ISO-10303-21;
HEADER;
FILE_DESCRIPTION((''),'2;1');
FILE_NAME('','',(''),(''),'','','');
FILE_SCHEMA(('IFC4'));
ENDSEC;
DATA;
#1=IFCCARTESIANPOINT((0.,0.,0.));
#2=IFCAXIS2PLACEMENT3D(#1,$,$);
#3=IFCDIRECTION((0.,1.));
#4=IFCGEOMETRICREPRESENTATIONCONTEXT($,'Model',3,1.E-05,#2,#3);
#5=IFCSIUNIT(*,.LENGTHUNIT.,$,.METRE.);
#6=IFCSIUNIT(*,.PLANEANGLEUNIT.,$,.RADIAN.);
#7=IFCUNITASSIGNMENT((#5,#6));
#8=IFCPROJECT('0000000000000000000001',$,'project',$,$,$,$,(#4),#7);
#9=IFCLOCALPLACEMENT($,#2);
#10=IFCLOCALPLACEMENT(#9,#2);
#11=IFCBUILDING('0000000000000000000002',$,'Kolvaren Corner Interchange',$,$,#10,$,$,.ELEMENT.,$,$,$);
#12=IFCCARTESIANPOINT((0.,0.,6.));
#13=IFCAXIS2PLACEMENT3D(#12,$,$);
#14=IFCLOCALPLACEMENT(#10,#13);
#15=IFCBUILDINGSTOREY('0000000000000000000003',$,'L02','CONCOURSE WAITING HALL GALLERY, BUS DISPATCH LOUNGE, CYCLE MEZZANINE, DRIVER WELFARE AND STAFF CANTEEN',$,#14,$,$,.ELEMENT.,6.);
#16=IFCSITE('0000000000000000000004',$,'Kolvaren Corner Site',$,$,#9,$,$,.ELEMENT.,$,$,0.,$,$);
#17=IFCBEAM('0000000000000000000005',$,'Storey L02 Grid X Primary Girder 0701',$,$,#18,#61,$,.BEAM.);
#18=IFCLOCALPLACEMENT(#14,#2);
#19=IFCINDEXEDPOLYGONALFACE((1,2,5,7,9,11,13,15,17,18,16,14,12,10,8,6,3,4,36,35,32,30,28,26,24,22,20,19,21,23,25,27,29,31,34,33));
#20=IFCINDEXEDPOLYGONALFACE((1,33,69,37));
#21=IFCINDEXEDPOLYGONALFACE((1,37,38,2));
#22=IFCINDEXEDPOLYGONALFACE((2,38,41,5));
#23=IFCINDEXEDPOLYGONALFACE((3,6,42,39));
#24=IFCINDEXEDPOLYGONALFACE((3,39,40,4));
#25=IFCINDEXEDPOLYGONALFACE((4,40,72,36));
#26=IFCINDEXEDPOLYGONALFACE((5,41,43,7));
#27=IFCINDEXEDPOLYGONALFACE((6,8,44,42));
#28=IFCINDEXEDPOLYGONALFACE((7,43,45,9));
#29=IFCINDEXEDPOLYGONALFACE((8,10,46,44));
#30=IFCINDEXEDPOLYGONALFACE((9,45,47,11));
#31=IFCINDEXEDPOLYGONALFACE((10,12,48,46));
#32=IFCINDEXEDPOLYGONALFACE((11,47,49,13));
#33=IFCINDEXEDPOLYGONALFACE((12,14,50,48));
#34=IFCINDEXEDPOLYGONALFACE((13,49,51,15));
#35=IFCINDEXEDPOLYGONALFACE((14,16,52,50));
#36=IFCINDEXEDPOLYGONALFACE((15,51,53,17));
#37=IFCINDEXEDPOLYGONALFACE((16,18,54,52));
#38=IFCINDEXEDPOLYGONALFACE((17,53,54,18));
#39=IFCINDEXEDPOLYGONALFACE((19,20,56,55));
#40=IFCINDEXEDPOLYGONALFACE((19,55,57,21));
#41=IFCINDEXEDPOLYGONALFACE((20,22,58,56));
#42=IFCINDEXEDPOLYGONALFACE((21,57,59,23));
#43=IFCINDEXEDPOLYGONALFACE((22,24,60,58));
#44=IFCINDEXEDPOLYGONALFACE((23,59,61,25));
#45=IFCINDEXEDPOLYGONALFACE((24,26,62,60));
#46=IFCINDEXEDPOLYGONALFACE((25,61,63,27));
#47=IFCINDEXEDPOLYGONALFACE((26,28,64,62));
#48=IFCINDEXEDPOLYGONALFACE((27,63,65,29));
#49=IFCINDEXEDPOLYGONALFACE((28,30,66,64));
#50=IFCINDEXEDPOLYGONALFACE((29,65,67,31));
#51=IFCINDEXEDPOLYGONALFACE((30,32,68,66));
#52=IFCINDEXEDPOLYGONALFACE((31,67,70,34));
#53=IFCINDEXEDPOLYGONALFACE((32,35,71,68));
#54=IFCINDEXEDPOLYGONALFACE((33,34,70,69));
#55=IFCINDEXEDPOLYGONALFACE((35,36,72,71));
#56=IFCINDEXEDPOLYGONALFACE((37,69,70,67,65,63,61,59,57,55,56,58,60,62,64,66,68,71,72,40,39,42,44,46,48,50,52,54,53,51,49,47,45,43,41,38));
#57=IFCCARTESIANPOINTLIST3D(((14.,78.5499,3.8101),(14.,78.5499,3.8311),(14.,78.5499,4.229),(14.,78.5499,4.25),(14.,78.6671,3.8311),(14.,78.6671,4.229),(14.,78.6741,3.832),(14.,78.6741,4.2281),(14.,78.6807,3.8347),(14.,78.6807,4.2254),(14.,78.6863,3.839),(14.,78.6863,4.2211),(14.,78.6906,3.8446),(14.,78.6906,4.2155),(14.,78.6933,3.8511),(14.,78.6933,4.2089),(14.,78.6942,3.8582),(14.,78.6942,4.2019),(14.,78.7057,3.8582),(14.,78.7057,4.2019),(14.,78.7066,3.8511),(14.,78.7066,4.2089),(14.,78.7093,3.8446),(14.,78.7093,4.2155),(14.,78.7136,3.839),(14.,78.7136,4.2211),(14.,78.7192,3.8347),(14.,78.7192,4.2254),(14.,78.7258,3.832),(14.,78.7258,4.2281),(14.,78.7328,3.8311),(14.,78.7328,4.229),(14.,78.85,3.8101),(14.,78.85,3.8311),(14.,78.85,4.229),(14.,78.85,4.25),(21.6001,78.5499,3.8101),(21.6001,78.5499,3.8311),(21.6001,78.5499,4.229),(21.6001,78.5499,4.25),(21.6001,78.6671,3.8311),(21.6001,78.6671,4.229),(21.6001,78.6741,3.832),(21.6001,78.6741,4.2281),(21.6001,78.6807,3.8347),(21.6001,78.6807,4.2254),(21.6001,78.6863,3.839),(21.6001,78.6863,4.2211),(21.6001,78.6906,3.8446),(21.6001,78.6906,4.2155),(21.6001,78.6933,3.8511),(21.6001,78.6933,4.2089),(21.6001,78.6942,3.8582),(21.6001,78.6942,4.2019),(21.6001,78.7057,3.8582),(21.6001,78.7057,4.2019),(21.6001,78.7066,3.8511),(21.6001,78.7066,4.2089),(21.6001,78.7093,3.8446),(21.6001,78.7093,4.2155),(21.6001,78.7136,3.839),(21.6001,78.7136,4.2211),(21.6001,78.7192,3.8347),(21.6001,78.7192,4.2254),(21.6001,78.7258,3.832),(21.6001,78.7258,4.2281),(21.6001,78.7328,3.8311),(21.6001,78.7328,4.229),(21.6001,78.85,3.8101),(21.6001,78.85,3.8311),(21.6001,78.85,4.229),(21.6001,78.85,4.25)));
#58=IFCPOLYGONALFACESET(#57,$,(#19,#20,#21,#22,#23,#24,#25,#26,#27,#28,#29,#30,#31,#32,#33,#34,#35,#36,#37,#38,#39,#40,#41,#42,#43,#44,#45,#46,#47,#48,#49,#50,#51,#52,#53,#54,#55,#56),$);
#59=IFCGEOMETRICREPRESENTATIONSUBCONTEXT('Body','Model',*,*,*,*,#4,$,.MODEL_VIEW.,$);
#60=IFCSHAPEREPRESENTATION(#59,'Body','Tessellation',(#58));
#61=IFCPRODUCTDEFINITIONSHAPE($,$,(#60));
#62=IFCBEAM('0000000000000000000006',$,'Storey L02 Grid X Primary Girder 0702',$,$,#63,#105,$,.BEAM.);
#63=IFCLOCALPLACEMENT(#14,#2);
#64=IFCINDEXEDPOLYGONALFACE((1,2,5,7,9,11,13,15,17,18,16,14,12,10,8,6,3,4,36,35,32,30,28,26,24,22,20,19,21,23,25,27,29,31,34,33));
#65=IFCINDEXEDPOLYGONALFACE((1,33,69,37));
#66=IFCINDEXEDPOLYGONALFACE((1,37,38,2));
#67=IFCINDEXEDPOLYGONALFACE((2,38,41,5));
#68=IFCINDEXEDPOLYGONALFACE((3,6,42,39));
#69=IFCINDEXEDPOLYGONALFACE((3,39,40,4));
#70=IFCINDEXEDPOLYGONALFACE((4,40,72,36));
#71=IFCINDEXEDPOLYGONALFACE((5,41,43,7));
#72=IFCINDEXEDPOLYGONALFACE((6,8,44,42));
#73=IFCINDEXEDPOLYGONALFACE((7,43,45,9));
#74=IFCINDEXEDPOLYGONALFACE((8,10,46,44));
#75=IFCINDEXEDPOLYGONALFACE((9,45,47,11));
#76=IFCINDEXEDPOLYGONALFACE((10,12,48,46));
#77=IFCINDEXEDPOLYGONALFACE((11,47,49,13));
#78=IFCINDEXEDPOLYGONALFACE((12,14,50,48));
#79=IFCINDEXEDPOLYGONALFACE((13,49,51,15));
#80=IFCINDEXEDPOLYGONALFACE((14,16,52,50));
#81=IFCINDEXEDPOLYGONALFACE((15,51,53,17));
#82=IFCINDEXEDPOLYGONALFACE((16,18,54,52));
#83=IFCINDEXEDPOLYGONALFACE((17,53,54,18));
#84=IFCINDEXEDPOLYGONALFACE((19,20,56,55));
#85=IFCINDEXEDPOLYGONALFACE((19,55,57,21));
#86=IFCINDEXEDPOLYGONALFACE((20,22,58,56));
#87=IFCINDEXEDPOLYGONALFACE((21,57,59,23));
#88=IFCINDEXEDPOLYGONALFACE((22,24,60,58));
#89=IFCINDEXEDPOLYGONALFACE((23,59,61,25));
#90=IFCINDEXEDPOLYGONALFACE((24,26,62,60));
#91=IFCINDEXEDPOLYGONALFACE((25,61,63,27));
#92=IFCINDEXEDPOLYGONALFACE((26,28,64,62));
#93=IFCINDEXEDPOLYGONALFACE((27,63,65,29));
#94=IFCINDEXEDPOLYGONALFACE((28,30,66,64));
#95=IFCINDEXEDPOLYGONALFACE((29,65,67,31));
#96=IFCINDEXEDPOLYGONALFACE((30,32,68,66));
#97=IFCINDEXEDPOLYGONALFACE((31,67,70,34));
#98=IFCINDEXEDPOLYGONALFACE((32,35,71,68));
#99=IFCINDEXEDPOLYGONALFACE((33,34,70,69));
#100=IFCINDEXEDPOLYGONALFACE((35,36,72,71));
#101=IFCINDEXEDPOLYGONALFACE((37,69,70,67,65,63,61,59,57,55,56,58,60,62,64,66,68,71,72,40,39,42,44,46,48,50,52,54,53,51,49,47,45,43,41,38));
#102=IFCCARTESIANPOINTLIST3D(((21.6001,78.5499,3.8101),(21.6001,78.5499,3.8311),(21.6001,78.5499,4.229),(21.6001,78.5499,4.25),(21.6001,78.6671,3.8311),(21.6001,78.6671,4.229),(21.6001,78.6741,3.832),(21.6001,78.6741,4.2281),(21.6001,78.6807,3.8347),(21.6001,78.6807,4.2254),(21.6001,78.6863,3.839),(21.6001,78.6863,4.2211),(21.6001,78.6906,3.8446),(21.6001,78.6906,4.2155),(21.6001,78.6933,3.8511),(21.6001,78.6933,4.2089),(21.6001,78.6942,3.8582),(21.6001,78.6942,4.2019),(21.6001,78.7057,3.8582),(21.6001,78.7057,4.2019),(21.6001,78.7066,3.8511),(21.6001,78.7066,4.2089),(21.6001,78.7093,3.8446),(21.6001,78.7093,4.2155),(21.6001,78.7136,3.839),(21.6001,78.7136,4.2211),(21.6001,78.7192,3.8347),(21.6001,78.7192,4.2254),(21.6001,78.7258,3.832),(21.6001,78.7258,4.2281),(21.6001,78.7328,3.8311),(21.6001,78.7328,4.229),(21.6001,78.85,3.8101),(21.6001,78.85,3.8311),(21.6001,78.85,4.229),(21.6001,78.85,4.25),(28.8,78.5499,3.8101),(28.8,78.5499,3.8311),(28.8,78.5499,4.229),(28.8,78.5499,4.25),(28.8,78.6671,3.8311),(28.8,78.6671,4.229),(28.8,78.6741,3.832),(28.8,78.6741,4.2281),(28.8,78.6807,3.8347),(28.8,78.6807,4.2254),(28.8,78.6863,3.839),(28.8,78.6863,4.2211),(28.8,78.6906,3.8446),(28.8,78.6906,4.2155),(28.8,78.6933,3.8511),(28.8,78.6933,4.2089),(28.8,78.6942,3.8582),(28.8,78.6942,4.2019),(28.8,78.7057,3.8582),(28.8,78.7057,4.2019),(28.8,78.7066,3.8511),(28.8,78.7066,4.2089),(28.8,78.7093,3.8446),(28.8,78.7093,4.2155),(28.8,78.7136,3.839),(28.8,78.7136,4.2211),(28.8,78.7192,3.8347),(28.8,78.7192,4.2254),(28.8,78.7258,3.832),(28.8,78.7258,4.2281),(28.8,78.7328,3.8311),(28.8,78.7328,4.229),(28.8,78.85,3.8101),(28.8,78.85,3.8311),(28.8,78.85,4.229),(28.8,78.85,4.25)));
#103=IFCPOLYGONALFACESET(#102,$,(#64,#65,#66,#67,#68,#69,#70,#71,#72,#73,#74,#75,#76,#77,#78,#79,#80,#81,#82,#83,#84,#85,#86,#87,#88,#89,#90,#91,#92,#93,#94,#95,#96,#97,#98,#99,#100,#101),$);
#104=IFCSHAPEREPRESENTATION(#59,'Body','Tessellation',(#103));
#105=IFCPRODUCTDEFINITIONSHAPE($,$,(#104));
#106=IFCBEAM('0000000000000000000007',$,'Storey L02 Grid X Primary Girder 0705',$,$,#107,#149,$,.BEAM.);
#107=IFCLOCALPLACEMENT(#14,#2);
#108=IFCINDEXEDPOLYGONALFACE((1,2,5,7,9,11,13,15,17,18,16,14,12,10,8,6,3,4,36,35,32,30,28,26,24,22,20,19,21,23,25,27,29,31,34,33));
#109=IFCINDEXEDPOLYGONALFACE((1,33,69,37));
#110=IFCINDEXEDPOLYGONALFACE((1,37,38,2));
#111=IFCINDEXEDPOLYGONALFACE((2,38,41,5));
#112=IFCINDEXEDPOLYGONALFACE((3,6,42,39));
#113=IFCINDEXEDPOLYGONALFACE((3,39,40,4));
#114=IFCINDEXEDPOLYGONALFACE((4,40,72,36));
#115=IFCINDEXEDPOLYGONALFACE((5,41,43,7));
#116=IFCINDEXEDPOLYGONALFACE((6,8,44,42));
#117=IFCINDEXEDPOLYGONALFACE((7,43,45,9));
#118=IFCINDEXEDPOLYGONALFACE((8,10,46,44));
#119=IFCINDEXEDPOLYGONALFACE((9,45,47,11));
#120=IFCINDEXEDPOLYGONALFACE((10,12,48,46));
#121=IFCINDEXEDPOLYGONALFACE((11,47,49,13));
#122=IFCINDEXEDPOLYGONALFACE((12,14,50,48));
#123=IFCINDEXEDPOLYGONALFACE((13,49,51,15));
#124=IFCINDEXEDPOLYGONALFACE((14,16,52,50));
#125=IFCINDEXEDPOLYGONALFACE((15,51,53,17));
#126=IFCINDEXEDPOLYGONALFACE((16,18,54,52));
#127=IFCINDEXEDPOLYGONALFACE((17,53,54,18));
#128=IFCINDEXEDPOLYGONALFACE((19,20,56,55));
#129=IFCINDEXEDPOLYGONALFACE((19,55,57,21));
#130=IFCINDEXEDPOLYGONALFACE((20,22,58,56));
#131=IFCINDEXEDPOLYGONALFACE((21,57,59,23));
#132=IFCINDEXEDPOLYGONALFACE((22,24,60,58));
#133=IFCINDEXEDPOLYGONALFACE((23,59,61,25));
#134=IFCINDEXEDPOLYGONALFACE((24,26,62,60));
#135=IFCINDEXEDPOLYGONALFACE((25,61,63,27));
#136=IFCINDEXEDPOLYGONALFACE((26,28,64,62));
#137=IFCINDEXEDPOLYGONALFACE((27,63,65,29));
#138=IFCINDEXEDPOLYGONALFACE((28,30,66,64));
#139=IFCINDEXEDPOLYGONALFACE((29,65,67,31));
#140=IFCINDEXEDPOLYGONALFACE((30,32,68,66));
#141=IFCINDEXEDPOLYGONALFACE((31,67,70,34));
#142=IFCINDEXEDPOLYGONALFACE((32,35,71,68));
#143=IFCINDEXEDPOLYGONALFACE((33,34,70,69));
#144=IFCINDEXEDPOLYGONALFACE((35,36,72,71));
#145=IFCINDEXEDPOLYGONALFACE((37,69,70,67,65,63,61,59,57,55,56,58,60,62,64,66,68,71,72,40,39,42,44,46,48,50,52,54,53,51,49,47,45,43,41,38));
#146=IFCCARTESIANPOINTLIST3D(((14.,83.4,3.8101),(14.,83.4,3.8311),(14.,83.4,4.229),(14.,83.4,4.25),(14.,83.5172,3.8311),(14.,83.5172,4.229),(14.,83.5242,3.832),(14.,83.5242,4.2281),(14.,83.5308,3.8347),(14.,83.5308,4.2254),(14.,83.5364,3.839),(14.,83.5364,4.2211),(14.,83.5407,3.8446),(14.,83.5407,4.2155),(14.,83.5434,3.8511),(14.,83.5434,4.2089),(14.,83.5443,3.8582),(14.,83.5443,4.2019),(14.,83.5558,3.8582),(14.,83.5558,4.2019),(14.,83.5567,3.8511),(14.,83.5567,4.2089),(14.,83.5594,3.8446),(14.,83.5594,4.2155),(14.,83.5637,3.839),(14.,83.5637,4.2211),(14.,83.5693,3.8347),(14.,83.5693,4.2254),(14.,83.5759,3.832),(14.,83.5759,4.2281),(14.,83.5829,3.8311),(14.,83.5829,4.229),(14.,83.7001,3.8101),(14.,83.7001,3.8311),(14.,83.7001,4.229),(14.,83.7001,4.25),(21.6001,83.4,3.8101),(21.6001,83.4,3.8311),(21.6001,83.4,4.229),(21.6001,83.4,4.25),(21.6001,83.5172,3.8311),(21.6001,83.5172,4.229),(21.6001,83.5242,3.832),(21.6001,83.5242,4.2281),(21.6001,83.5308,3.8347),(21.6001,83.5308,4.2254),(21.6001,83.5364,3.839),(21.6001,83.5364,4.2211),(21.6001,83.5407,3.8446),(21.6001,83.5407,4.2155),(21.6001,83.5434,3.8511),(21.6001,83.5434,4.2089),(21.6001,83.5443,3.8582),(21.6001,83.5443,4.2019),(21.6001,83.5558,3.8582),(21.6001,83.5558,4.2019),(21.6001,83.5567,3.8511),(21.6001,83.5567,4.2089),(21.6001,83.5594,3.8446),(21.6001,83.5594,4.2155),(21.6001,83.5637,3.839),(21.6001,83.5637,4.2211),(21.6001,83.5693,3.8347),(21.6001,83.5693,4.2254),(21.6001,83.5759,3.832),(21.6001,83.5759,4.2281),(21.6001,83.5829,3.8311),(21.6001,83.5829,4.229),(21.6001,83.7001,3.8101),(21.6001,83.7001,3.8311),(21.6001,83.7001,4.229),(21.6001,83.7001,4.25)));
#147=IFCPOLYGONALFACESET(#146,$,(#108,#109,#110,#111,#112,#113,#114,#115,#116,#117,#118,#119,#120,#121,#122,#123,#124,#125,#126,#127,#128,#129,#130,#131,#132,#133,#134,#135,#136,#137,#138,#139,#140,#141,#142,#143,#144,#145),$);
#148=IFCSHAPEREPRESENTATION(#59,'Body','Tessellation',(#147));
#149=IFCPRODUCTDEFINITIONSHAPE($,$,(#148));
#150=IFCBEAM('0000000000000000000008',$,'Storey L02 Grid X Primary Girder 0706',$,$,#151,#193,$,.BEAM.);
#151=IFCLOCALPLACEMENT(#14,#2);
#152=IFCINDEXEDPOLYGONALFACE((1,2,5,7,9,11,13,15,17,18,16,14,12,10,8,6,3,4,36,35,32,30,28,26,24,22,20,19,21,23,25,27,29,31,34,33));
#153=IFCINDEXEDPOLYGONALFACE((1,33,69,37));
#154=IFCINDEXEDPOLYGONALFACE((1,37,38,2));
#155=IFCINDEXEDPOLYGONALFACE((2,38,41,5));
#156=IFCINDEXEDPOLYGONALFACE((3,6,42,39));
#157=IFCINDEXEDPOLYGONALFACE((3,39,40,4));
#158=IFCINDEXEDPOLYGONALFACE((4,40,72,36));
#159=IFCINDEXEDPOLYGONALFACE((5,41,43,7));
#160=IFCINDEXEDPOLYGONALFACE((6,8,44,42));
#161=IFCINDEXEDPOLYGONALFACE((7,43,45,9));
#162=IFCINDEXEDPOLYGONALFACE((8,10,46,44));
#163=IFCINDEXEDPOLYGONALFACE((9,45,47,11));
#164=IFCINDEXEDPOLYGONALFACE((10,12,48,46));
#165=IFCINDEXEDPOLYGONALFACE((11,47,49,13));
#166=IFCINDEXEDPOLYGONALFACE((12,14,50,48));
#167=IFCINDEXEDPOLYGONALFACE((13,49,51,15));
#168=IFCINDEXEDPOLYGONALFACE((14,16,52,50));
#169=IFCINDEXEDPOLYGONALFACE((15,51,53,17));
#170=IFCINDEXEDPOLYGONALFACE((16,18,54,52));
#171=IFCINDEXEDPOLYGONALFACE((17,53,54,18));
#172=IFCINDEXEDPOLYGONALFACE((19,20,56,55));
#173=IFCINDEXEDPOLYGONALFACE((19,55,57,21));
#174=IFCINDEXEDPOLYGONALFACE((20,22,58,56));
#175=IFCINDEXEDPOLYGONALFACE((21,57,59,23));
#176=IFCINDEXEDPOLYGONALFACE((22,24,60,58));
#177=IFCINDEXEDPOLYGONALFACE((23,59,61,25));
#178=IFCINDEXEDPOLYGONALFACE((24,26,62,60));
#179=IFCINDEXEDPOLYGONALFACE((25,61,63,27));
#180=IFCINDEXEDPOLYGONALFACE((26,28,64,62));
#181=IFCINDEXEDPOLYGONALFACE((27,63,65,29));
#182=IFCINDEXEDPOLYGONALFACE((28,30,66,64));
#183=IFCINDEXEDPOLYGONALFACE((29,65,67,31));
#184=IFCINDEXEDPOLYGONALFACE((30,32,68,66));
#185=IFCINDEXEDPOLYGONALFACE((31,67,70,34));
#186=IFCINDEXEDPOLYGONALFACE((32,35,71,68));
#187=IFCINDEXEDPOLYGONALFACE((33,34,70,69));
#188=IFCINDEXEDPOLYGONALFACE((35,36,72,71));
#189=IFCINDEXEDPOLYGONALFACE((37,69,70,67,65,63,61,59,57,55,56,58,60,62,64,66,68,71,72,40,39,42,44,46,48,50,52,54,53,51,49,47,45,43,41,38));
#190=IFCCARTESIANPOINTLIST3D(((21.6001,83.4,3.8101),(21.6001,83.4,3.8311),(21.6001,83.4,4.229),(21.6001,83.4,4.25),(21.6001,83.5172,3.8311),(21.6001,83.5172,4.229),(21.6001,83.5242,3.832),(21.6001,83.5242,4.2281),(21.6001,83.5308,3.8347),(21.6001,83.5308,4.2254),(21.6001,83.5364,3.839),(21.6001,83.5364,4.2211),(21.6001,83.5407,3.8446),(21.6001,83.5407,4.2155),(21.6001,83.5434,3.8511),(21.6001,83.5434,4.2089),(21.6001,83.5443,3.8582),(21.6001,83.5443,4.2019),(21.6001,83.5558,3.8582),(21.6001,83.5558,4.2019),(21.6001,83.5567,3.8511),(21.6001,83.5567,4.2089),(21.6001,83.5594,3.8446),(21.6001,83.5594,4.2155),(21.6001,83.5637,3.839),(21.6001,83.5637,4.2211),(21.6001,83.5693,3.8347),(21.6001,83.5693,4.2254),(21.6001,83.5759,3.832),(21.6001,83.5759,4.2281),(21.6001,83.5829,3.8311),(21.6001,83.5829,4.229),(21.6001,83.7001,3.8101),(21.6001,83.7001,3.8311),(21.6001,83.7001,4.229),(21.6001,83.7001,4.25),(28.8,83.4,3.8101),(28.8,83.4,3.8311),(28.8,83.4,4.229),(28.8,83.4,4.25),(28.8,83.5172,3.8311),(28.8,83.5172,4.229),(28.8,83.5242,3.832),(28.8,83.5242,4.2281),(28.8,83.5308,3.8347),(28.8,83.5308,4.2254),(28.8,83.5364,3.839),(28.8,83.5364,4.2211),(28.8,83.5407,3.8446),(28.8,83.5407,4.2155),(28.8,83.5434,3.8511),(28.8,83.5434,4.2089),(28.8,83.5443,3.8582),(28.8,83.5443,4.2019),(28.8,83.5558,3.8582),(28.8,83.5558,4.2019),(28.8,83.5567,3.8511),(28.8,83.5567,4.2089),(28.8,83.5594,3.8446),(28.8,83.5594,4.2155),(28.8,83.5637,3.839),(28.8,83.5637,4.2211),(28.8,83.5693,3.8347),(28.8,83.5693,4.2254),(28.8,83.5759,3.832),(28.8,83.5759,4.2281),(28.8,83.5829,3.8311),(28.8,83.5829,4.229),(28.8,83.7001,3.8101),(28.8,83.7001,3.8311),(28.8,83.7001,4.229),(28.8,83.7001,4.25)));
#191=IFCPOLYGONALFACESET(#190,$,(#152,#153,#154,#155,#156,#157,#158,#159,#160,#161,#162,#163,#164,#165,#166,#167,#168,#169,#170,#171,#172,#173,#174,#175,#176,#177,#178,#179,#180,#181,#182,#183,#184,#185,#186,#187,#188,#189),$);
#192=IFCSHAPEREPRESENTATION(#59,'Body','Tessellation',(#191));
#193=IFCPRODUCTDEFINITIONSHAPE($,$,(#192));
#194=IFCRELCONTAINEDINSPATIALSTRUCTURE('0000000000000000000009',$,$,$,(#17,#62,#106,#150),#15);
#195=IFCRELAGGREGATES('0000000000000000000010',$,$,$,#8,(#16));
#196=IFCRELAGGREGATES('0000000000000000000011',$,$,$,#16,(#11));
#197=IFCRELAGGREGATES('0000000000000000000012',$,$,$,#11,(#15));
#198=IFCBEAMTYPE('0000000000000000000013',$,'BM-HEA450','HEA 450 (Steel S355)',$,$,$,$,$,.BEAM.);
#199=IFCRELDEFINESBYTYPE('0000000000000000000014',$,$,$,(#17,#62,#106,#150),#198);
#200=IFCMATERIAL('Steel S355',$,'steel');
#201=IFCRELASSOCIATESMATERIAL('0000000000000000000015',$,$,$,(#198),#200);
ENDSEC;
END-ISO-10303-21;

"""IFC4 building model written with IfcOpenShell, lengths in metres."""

from ifc_helpers import new_model, si_unit, direction, frame, origin, origin_2d, place, context, subcontext, project, spatial, i_section, extrude, material, material_profile, profile_set, type_object, element, save


model = new_model("IFC4")

# Units and contexts
model_context = context("Model", 3, precision=1e-05, world=origin(), true_north=direction((0.0, 1.0)))
body_context = subcontext(model_context, "Body", "Model", "MODEL_VIEW")
ifc_project = project(units=[si_unit("LENGTHUNIT", "METRE"), si_unit("PLANEANGLEUNIT", "RADIAN")], contexts=[model_context])

# Site, building, storey
site_placement = place(None, origin())
site = spatial("IfcSite", under=ifc_project, at=site_placement, Name="Kolvaren Corner Site", CompositionType="ELEMENT", RefElevation=0.0)
building_placement = place(site_placement, origin())
building = spatial("IfcBuilding", under=site, at=building_placement, Name="Kolvaren Corner Interchange", CompositionType="ELEMENT")
storey_placement = place(building_placement, frame((0.0, 0.0, 6.0)))
storey = spatial("IfcBuildingStorey", under=building, at=storey_placement, Name="L02", Description="CONCOURSE WAITING HALL GALLERY, BUS DISPATCH LOUNGE, CYCLE MEZZANINE, DRIVER WELFARE AND STAFF CANTEEN", CompositionType="ELEMENT", Elevation=6.0)

# Beams
ifc_material_1 = material(Name="Steel S355", Category="steel")
ifc_material_profile_1 = material_profile(ifc_material_1, i_section(OverallWidth=0.3, OverallDepth=0.4399, WebThickness=0.0115, FlangeThickness=0.021, FilletRadius=0.0271, at=origin_2d()), Name="HEA 450")
ifc_profile_set_1 = profile_set([ifc_material_profile_1], Name="Steel S355")
beam_type_1 = type_object("IfcBeamType", Name="BM-HEA450", Description="HEA 450 (Steel S355)", PredefinedType="BEAM", material=ifc_profile_set_1)
beam_1_placement = place(storey_placement, frame((14.0, 78.7, 4.03), z_axis=(1.0, 0.0, 0.0), x_axis=(0.0, 1.0, 0.0)))
element("IfcBeam", 1, at=beam_1_placement, inside=storey, type_object=beam_type_1, Name="Storey L02 Grid X Primary Girder 0701", PredefinedType="BEAM", context=body_context, shape_type="SweptSolid", body=[
    extrude(i_section(OverallWidth=0.3, OverallDepth=0.4399, WebThickness=0.0115, FlangeThickness=0.021, FilletRadius=0.0271, at=origin_2d()), origin(), (0.0, 0.0, 1.0), 7.6001),
])
beam_2_placement = place(storey_placement, frame((21.6001, 78.7, 4.03), z_axis=(1.0, 0.0, 0.0), x_axis=(0.0, 1.0, 0.0)))
element("IfcBeam", 2, at=beam_2_placement, inside=storey, type_object=beam_type_1, Name="Storey L02 Grid X Primary Girder 0702", PredefinedType="BEAM", context=body_context, shape_type="SweptSolid", body=[
    extrude(i_section(OverallWidth=0.3, OverallDepth=0.4399, WebThickness=0.0115, FlangeThickness=0.021, FilletRadius=0.0271, at=origin_2d()), origin(), (0.0, 0.0, 1.0), 7.2),
])
beam_3_placement = place(storey_placement, frame((14.0, 83.55, 4.03), z_axis=(1.0, 0.0, 0.0), x_axis=(0.0, 1.0, 0.0)))
element("IfcBeam", 3, at=beam_3_placement, inside=storey, type_object=beam_type_1, Name="Storey L02 Grid X Primary Girder 0705", PredefinedType="BEAM", context=body_context, shape_type="SweptSolid", body=[
    extrude(i_section(OverallWidth=0.3, OverallDepth=0.4399, WebThickness=0.0115, FlangeThickness=0.021, FilletRadius=0.0271, at=origin_2d()), origin(), (0.0, 0.0, 1.0), 7.6001),
])
beam_4_placement = place(storey_placement, frame((21.6001, 83.55, 4.03), z_axis=(1.0, 0.0, 0.0), x_axis=(0.0, 1.0, 0.0)))
element("IfcBeam", 4, at=beam_4_placement, inside=storey, type_object=beam_type_1, Name="Storey L02 Grid X Primary Girder 0706", PredefinedType="BEAM", context=body_context, shape_type="SweptSolid", body=[
    extrude(i_section(OverallWidth=0.3, OverallDepth=0.4399, WebThickness=0.0115, FlangeThickness=0.021, FilletRadius=0.0271, at=origin_2d()), origin(), (0.0, 0.0, 1.0), 7.2),
])

save(model, "model.ifc")
